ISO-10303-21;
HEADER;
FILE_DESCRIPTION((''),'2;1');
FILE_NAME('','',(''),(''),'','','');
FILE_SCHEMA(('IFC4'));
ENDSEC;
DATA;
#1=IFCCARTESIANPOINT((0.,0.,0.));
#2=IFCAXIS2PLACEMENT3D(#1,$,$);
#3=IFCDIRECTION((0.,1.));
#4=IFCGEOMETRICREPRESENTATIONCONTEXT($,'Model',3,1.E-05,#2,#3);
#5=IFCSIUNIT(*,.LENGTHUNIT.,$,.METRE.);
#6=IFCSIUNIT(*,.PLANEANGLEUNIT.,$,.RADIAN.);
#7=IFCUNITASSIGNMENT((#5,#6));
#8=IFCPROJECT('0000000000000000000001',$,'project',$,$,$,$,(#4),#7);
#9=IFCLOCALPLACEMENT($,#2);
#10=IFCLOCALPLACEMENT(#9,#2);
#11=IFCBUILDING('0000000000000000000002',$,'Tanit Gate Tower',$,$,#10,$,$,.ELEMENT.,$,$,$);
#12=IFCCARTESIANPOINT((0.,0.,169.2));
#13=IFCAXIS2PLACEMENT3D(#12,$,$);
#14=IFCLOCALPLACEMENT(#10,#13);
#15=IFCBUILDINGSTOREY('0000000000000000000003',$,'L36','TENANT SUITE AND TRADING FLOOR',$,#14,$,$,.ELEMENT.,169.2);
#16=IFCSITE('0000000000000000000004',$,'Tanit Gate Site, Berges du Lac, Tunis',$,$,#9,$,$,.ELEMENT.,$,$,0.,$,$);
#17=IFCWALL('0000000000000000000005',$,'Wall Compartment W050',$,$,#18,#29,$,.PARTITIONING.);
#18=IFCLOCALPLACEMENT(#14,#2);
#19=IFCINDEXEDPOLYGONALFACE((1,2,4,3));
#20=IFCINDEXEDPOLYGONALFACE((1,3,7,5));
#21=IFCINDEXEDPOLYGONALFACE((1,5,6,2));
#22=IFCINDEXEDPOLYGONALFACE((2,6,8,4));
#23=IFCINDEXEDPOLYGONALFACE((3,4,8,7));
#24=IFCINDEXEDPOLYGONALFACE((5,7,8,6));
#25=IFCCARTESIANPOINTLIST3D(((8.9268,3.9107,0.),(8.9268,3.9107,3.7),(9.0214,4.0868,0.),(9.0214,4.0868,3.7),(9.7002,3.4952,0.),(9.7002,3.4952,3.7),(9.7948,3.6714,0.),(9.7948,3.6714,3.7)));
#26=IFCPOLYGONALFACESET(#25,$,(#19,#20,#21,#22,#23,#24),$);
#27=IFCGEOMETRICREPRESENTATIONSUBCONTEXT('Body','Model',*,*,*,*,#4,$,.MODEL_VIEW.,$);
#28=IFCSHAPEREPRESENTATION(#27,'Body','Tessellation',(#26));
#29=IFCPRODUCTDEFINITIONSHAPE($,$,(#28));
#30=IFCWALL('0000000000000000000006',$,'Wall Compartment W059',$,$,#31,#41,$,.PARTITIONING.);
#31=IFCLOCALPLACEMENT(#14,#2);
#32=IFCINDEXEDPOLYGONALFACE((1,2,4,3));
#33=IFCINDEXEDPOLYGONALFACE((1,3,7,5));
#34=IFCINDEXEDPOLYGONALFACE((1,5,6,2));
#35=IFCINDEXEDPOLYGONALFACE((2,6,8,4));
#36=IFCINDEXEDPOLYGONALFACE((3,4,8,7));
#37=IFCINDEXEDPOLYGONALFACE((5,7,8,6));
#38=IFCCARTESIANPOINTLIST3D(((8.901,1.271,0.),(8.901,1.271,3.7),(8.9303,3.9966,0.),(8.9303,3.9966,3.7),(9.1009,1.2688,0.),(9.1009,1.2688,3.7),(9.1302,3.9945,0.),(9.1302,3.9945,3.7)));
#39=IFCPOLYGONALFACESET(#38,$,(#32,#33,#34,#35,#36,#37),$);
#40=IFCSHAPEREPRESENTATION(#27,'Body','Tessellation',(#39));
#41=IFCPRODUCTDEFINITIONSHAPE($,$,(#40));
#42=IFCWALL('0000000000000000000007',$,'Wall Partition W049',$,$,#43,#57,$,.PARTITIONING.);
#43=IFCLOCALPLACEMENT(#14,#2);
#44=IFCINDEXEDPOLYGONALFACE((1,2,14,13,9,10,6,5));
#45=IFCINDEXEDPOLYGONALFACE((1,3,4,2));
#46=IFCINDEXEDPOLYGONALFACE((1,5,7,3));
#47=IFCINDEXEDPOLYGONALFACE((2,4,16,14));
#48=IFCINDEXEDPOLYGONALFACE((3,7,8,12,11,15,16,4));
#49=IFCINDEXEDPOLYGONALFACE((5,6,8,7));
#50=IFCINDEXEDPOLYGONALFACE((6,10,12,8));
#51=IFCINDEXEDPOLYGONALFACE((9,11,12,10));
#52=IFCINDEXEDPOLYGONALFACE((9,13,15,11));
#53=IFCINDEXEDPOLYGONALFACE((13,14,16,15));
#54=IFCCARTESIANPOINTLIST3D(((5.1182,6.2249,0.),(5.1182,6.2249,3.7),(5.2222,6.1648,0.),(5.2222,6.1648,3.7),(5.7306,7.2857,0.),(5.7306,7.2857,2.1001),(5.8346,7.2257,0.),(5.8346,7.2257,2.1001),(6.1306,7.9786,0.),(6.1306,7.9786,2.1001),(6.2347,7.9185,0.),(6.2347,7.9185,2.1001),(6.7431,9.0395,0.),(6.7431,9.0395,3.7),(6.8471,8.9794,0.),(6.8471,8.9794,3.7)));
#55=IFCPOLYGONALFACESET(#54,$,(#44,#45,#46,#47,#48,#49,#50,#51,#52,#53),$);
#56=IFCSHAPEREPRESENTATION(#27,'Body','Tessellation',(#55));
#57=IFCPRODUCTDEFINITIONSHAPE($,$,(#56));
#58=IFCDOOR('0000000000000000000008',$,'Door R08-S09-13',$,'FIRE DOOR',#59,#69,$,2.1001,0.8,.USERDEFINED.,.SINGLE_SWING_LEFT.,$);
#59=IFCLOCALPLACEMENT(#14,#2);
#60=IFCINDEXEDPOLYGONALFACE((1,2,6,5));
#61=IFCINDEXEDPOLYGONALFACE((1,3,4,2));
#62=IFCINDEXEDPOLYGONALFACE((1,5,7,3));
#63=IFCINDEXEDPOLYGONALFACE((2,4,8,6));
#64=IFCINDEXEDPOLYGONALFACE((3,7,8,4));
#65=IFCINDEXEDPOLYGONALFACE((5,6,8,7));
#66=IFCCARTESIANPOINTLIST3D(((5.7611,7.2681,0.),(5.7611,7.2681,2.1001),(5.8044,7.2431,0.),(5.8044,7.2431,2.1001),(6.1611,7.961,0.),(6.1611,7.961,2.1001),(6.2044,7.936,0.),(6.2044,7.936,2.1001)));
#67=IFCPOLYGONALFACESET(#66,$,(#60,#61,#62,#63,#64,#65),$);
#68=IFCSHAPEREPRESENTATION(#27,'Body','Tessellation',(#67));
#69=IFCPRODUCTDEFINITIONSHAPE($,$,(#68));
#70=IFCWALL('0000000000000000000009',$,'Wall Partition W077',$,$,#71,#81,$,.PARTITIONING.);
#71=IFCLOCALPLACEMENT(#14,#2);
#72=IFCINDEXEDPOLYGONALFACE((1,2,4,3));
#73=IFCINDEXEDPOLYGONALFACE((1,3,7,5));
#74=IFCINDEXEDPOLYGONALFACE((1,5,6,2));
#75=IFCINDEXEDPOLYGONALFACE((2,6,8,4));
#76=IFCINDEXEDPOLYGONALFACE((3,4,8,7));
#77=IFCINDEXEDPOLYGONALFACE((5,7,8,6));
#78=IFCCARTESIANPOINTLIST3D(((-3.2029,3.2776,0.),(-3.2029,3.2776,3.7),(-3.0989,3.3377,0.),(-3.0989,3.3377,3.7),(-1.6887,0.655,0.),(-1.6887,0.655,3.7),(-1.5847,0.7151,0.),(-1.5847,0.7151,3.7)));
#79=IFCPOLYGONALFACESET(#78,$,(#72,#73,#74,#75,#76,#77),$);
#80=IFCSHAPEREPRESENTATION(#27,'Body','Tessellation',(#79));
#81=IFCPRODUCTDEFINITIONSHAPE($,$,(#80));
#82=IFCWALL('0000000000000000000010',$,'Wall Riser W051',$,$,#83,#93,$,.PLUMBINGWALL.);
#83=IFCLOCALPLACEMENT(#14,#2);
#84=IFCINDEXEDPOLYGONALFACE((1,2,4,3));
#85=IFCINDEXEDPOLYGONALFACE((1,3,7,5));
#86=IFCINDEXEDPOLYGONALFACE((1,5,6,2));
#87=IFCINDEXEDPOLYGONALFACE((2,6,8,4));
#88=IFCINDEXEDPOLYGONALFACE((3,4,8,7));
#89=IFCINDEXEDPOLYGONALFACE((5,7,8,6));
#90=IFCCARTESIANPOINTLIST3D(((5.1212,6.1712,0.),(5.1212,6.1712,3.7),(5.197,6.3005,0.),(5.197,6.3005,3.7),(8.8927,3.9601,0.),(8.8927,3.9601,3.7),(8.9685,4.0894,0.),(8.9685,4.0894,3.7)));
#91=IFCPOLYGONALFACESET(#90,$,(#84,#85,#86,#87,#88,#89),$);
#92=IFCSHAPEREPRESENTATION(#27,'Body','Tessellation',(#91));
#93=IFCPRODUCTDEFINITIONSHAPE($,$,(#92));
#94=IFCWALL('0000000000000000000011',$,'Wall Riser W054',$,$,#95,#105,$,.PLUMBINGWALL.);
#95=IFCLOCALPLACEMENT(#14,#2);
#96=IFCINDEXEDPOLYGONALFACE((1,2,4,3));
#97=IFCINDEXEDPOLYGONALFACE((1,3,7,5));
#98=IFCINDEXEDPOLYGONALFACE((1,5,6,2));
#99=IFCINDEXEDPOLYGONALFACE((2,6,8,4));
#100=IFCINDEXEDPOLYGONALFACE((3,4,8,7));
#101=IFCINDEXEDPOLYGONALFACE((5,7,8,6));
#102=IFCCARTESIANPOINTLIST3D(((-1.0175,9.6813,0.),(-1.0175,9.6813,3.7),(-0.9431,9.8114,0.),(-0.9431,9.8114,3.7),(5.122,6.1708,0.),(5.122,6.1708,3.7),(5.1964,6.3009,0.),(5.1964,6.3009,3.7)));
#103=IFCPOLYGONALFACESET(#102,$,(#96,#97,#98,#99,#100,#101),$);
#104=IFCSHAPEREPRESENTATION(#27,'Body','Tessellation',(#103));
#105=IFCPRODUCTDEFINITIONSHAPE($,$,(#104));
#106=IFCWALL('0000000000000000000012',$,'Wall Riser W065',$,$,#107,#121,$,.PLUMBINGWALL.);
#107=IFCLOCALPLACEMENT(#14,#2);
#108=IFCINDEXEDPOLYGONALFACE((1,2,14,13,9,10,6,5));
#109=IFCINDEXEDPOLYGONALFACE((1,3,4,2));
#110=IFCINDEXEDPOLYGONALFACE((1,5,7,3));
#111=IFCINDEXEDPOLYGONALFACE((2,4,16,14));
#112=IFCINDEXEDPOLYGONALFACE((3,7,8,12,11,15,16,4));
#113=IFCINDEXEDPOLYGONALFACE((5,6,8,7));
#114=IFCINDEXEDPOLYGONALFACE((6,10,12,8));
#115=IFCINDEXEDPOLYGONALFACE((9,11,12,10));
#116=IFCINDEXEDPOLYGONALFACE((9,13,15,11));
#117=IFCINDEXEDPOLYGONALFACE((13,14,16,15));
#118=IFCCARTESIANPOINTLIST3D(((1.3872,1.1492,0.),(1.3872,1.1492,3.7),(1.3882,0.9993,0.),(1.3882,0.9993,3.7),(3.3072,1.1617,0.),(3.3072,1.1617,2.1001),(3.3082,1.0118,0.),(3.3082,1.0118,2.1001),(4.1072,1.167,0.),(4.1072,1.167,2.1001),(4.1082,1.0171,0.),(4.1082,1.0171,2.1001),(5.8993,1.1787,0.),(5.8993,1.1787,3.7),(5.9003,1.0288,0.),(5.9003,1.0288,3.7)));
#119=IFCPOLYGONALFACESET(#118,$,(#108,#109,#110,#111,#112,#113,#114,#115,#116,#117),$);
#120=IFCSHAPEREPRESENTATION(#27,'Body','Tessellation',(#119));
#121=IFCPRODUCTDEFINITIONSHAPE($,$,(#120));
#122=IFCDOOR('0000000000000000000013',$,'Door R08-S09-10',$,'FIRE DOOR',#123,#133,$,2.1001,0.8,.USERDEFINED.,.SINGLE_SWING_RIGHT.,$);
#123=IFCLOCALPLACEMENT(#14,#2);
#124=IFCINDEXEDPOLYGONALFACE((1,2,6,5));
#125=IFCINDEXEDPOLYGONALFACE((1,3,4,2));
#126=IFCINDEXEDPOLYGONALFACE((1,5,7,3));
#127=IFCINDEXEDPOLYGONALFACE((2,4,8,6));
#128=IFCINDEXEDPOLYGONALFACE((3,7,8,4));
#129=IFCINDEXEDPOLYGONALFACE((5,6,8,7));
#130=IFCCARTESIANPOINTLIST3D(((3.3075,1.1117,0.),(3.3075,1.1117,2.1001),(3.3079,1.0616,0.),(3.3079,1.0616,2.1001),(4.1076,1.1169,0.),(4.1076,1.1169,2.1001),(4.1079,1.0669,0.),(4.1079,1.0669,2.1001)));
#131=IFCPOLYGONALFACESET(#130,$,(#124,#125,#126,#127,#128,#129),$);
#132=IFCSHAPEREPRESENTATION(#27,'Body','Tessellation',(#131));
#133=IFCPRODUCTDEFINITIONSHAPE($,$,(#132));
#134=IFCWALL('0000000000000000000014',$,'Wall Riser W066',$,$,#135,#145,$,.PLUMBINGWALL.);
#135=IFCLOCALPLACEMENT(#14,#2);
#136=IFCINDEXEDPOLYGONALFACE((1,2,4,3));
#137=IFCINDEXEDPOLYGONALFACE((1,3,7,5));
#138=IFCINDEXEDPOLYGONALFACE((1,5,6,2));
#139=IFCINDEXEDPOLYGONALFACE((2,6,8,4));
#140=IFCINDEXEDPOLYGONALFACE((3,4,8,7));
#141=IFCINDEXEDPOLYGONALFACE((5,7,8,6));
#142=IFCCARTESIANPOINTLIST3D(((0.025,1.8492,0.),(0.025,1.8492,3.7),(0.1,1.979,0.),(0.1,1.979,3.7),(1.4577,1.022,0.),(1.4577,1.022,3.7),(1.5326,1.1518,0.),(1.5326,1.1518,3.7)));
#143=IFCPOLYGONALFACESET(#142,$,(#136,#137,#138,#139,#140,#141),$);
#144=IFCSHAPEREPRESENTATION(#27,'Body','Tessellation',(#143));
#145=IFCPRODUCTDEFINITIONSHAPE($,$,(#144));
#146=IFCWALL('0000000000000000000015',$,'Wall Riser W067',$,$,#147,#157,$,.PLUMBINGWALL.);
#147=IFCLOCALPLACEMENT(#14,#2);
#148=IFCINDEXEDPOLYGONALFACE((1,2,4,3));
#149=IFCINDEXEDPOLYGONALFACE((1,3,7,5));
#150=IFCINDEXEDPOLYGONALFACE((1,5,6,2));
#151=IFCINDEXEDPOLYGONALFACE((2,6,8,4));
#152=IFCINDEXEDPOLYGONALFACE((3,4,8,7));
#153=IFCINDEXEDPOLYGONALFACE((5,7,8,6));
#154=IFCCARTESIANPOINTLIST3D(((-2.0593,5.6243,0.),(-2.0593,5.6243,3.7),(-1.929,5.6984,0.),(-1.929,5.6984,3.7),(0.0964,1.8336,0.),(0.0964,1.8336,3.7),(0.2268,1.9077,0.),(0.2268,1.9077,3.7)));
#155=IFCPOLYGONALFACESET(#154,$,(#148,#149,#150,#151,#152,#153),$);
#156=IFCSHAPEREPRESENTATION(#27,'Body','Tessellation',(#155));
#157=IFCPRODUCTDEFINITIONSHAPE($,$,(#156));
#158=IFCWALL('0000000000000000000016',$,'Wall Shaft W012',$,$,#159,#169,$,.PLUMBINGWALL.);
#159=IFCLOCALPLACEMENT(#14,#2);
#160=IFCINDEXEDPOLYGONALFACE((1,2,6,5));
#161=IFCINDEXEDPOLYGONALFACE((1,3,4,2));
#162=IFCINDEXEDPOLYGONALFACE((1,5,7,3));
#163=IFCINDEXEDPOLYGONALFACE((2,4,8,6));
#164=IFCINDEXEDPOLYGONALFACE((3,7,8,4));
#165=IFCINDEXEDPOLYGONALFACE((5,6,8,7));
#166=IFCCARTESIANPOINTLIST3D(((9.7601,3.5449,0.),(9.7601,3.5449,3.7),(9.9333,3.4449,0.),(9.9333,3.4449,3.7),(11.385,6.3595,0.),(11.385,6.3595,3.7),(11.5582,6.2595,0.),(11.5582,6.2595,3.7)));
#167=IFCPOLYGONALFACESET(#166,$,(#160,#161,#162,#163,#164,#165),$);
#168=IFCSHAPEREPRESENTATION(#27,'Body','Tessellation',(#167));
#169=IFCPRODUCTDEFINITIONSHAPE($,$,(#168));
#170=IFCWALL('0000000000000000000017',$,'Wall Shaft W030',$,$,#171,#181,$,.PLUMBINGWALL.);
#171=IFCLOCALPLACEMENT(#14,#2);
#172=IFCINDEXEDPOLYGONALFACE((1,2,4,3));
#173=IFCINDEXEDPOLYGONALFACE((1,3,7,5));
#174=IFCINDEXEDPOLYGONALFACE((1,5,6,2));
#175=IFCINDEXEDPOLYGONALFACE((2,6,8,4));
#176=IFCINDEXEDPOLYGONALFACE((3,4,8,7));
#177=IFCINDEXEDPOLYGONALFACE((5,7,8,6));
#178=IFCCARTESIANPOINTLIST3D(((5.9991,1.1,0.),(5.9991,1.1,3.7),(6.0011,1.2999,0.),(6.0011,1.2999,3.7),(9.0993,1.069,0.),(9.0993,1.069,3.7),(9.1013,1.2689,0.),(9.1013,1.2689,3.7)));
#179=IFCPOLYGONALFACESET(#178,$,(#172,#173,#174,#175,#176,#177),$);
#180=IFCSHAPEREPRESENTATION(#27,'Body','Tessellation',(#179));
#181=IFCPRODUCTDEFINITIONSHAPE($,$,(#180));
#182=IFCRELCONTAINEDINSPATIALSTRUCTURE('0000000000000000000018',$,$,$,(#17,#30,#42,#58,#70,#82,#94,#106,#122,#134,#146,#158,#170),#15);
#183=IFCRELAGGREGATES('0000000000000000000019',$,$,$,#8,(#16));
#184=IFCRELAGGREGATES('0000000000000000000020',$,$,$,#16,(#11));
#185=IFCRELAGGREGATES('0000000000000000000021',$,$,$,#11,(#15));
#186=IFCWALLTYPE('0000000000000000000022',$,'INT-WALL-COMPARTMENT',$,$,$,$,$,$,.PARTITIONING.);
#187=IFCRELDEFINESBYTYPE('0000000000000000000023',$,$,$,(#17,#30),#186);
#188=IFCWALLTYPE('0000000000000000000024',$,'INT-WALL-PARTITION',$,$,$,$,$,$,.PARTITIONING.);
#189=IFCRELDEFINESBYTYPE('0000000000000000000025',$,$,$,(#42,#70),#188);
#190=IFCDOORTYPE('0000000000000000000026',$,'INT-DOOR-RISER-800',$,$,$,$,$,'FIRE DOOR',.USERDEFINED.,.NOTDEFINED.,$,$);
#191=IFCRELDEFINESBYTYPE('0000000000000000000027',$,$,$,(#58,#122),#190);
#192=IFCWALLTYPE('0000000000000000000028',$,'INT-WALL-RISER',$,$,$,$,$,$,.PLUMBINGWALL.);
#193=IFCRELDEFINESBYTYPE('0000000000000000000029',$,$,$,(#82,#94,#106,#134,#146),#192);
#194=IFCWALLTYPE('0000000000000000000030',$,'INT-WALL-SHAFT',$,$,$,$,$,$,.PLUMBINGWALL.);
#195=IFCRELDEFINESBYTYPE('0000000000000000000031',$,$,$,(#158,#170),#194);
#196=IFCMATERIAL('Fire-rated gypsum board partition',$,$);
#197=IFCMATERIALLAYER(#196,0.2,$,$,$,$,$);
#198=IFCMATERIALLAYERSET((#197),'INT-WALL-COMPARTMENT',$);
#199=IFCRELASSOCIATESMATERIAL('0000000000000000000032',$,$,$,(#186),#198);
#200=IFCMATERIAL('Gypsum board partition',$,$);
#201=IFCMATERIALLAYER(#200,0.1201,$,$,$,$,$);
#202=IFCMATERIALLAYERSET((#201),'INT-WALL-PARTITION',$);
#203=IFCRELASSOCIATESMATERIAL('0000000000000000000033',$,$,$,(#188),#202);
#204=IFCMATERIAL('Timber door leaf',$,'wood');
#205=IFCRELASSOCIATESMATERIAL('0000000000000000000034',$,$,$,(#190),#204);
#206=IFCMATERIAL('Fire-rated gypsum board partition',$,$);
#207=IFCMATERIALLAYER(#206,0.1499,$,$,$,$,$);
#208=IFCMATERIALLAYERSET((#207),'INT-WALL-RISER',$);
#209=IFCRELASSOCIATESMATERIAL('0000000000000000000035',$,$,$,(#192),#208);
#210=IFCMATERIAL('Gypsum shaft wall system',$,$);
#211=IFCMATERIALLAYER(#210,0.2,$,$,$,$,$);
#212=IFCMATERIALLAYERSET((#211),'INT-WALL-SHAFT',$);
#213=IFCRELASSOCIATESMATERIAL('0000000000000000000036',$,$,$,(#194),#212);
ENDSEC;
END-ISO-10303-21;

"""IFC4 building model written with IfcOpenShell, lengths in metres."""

from ifc_helpers import new_model, si_unit, direction, frame, frame_2d, origin, place, context, subcontext, project, spatial, rectangle, extrude, material, layer, layer_set, type_object, element, fill, save


model = new_model("IFC4")

# Units and contexts
model_context = context("Model", 3, precision=1e-05, world=origin(), true_north=direction((0.0, 1.0)))
body_context = subcontext(model_context, "Body", "Model", "MODEL_VIEW")
ifc_project = project(units=[si_unit("LENGTHUNIT", "METRE"), si_unit("PLANEANGLEUNIT", "RADIAN")], contexts=[model_context])

# Site, building, storey
site_placement = place(None, origin())
site = spatial("IfcSite", under=ifc_project, at=site_placement, Name="Tanit Gate Site, Berges du Lac, Tunis", CompositionType="ELEMENT", RefElevation=0.0)
building_placement = place(site_placement, origin())
building = spatial("IfcBuilding", under=site, at=building_placement, Name="Tanit Gate Tower", CompositionType="ELEMENT")
storey_placement = place(building_placement, frame((0.0, 0.0, 169.2)))
storey = spatial("IfcBuildingStorey", under=building, at=storey_placement, Name="L36", Description="TENANT SUITE AND TRADING FLOOR", CompositionType="ELEMENT", Elevation=169.2)

# Walls
ifc_material_1 = material(Name="Fire-rated gypsum board partition")
ifc_layer_1 = layer(ifc_material_1, 0.2)
ifc_layer_set_1 = layer_set([ifc_layer_1], Name="INT-WALL-COMPARTMENT")
wall_type_1 = type_object("IfcWallType", Name="INT-WALL-COMPARTMENT", PredefinedType="PARTITIONING", material=ifc_layer_set_1)
wall_1_placement = place(storey_placement, frame((8.9741, 3.9988, 0.0), z_axis=(0.0, 0.0, 1.0), x_axis=(0.880917, -0.473271, 0.0)))
element("IfcWall", 1, at=wall_1_placement, inside=storey, type_object=wall_type_1, Name="Wall Compartment W050", PredefinedType="PARTITIONING", context=body_context, shape_type="SweptSolid", body=[
    extrude(rectangle(XDim=0.8779, YDim=0.2, at=frame_2d((0.439, 0.0))), origin(), (0.0, 0.0, 1.0), 3.7),
])
wall_2_placement = place(storey_placement, frame((9.001, 1.27, 0.0), z_axis=(0.0, 0.0, 1.0), x_axis=(0.010748, 0.999942, 0.0)))
element("IfcWall", 2, at=wall_2_placement, inside=storey, type_object=wall_type_1, Name="Wall Compartment W059", PredefinedType="PARTITIONING", context=body_context, shape_type="SweptSolid", body=[
    extrude(rectangle(XDim=2.7258, YDim=0.2, at=frame_2d((1.3628, 0.0))), origin(), (0.0, 0.0, 1.0), 3.7),
])

# Wall, opening, door
ifc_material_2 = material(Name="Gypsum board partition")
ifc_layer_2 = layer(ifc_material_2, 0.1201)
ifc_layer_set_2 = layer_set([ifc_layer_2], Name="INT-WALL-PARTITION")
wall_type_2 = type_object("IfcWallType", Name="INT-WALL-PARTITION", PredefinedType="PARTITIONING", material=ifc_layer_set_2)
wall_3_placement = place(storey_placement, frame((5.1702, 6.1948, 0.0), z_axis=(0.0, 0.0, 1.0), x_axis=(0.499985, 0.866034, 0.0)))
wall_3 = element("IfcWall", 3, at=wall_3_placement, inside=storey, type_object=wall_type_2, Name="Wall Partition W049", PredefinedType="PARTITIONING", context=body_context, shape_type="SweptSolid", body=[
    extrude(rectangle(XDim=3.25, YDim=0.1201, at=frame_2d((1.625, 0.0))), origin(), (0.0, 0.0, 1.0), 3.7),
])
opening_1_placement = place(wall_3_placement, frame((1.2251, 0.0, 0.0)))
opening_1 = element("IfcOpeningElement", 4, at=opening_1_placement, cuts=wall_3, PredefinedType="OPENING", context=body_context, shape_type="SweptSolid", body=[
    extrude(rectangle(XDim=0.8, YDim=2.1001, at=frame_2d((0.3999, 1.05))), frame((0.0, 0.0701, 0.0), z_axis=(0.0, -1.0, 0.0), x_axis=(1.0, 0.0, 0.0)), (0.0, 0.0, 1.0), 0.1401),
])
ifc_material_3 = material(Name="Timber door leaf", Category="wood")
door_type_1 = type_object("IfcDoorType", Name="INT-DOOR-RISER-800", ElementType="FIRE DOOR", OperationType="NOTDEFINED", PredefinedType="USERDEFINED", material=ifc_material_3)
door_1_placement = place(opening_1_placement, origin())
door_1 = element("IfcDoor", 5, at=door_1_placement, inside=storey, type_object=door_type_1, Name="Door R08-S09-13", ObjectType="FIRE DOOR", OperationType="SINGLE_SWING_LEFT", OverallHeight=2.1001, OverallWidth=0.8, PredefinedType="USERDEFINED", context=body_context, shape_type="SweptSolid", body=[
    extrude(rectangle(XDim=0.8, YDim=2.1001, at=frame_2d((0.3999, 1.05))), frame((0.0, 0.0249, 0.0), z_axis=(0.0, -1.0, 0.0), x_axis=(1.0, 0.0, 0.0)), (0.0, 0.0, 1.0), 0.05),
])
fill(opening_1, door_1)

# Walls
wall_4_placement = place(storey_placement, frame((-1.6367, 0.6851, 0.0), z_axis=(0.0, 0.0, 1.0), x_axis=(-0.500006, 0.866022, 0.0)))
element("IfcWall", 6, at=wall_4_placement, inside=storey, type_object=wall_type_2, Name="Wall Partition W077", PredefinedType="PARTITIONING", context=body_context, shape_type="SweptSolid", body=[
    extrude(rectangle(XDim=3.0283, YDim=0.1201, at=frame_2d((1.5142, 0.0))), origin(), (0.0, 0.0, 1.0), 3.7),
])
ifc_material_4 = material(Name="Fire-rated gypsum board partition")
ifc_layer_3 = layer(ifc_material_4, 0.1499)
ifc_layer_set_3 = layer_set([ifc_layer_3], Name="INT-WALL-RISER")
wall_type_3 = type_object("IfcWallType", Name="INT-WALL-RISER", PredefinedType="PLUMBINGWALL", material=ifc_layer_set_3)
wall_5_placement = place(storey_placement, frame((8.9307, 4.0247, 0.0), z_axis=(0.0, 0.0, 1.0), x_axis=(-0.862667, 0.505773, 0.0)))
element("IfcWall", 7, at=wall_5_placement, inside=storey, type_object=wall_type_3, Name="Wall Riser W051", PredefinedType="PLUMBINGWALL", context=body_context, shape_type="SweptSolid", body=[
    extrude(rectangle(XDim=4.3718, YDim=0.1499, at=frame_2d((2.186, 0.0))), origin(), (0.0, 0.0, 1.0), 3.7),
])
wall_6_placement = place(storey_placement, frame((5.1592, 6.2358, 0.0), z_axis=(0.0, 0.0, 1.0), x_axis=(-0.868105, 0.496381, 0.0)))
element("IfcWall", 8, at=wall_6_placement, inside=storey, type_object=wall_type_3, Name="Wall Riser W054", PredefinedType="PLUMBINGWALL", context=body_context, shape_type="SweptSolid", body=[
    extrude(rectangle(XDim=7.0723, YDim=0.1499, at=frame_2d((3.5361, 0.0))), origin(), (0.0, 0.0, 1.0), 3.7),
])

# Wall, opening, door
wall_7_placement = place(storey_placement, frame((1.3877, 1.0742, 0.0), z_axis=(0.0, 0.0, 1.0), x_axis=(0.999979, 0.006547, 0.0)))
wall_7 = element("IfcWall", 9, at=wall_7_placement, inside=storey, type_object=wall_type_3, Name="Wall Riser W065", PredefinedType="PLUMBINGWALL", context=body_context, shape_type="SweptSolid", body=[
    extrude(rectangle(XDim=4.5122, YDim=0.1499, at=frame_2d((2.2561, 0.0))), origin(), (0.0, 0.0, 1.0), 3.7),
])
opening_2_placement = place(wall_7_placement, frame((1.9202, 0.0, 0.0)))
opening_2 = element("IfcOpeningElement", 10, at=opening_2_placement, cuts=wall_7, PredefinedType="OPENING", context=body_context, shape_type="SweptSolid", body=[
    extrude(rectangle(XDim=0.8, YDim=2.1001, at=frame_2d((0.3999, 1.05))), frame((0.0, 0.085, 0.0), z_axis=(0.0, -1.0, 0.0), x_axis=(1.0, 0.0, 0.0)), (0.0, 0.0, 1.0), 0.1699),
])
door_2_placement = place(opening_2_placement, origin())
door_2 = element("IfcDoor", 11, at=door_2_placement, inside=storey, type_object=door_type_1, Name="Door R08-S09-10", ObjectType="FIRE DOOR", OperationType="SINGLE_SWING_RIGHT", OverallHeight=2.1001, OverallWidth=0.8, PredefinedType="USERDEFINED", context=body_context, shape_type="SweptSolid", body=[
    extrude(rectangle(XDim=0.8, YDim=2.1001, at=frame_2d((0.3999, 1.05))), frame((0.0, 0.0249, 0.0), z_axis=(0.0, -1.0, 0.0), x_axis=(1.0, 0.0, 0.0)), (0.0, 0.0, 1.0), 0.05),
])
fill(opening_2, door_2)

# Walls
wall_8_placement = place(storey_placement, frame((0.0625, 1.9141, 0.0), z_axis=(0.0, 0.0, 1.0), x_axis=(0.866018, -0.500012, 0.0)))
element("IfcWall", 12, at=wall_8_placement, inside=storey, type_object=wall_type_3, Name="Wall Riser W066", PredefinedType="PLUMBINGWALL", context=body_context, shape_type="SweptSolid", body=[
    extrude(rectangle(XDim=1.6543, YDim=0.1499, at=frame_2d((0.8271, 0.0))), origin(), (0.0, 0.0, 1.0), 3.7),
])
wall_9_placement = place(storey_placement, frame((-1.9941, 5.6614, 0.0), z_axis=(0.0, 0.0, 1.0), x_axis=(0.494341, -0.869268, 0.0)))
element("IfcWall", 13, at=wall_9_placement, inside=storey, type_object=wall_type_3, Name="Wall Riser W067", PredefinedType="PLUMBINGWALL", context=body_context, shape_type="SweptSolid", body=[
    extrude(rectangle(XDim=4.3608, YDim=0.1499, at=frame_2d((2.1804, 0.0))), origin(), (0.0, 0.0, 1.0), 3.7),
])
ifc_material_5 = material(Name="Gypsum shaft wall system")
ifc_layer_4 = layer(ifc_material_5, 0.2)
ifc_layer_set_4 = layer_set([ifc_layer_4], Name="INT-WALL-SHAFT")
wall_type_4 = type_object("IfcWallType", Name="INT-WALL-SHAFT", PredefinedType="PLUMBINGWALL", material=ifc_layer_set_4)
wall_10_placement = place(storey_placement, frame((9.8467, 3.4949, 0.0), z_axis=(0.0, 0.0, 1.0), x_axis=(0.499985, 0.866034, 0.0)))
element("IfcWall", 14, at=wall_10_placement, inside=storey, type_object=wall_type_4, Name="Wall Shaft W012", PredefinedType="PLUMBINGWALL", context=body_context, shape_type="SweptSolid", body=[
    extrude(rectangle(XDim=3.25, YDim=0.2, at=frame_2d((1.625, 0.0))), origin(), (0.0, 0.0, 1.0), 3.7),
])

# Wall
wall_11_placement = place(storey_placement, frame((6.0, 1.2, 0.0), z_axis=(0.0, 0.0, 1.0), x_axis=(0.99995, -0.010001, 0.0)))
element("IfcWall", 15, at=wall_11_placement, inside=storey, type_object=wall_type_4, Name="Wall Shaft W030", PredefinedType="PLUMBINGWALL", context=body_context, shape_type="SweptSolid", body=[
    extrude(rectangle(XDim=3.1003, YDim=0.2, at=frame_2d((1.5503, 0.0))), origin(), (0.0, 0.0, 1.0), 3.7),
])

save(model, "model.ifc")
